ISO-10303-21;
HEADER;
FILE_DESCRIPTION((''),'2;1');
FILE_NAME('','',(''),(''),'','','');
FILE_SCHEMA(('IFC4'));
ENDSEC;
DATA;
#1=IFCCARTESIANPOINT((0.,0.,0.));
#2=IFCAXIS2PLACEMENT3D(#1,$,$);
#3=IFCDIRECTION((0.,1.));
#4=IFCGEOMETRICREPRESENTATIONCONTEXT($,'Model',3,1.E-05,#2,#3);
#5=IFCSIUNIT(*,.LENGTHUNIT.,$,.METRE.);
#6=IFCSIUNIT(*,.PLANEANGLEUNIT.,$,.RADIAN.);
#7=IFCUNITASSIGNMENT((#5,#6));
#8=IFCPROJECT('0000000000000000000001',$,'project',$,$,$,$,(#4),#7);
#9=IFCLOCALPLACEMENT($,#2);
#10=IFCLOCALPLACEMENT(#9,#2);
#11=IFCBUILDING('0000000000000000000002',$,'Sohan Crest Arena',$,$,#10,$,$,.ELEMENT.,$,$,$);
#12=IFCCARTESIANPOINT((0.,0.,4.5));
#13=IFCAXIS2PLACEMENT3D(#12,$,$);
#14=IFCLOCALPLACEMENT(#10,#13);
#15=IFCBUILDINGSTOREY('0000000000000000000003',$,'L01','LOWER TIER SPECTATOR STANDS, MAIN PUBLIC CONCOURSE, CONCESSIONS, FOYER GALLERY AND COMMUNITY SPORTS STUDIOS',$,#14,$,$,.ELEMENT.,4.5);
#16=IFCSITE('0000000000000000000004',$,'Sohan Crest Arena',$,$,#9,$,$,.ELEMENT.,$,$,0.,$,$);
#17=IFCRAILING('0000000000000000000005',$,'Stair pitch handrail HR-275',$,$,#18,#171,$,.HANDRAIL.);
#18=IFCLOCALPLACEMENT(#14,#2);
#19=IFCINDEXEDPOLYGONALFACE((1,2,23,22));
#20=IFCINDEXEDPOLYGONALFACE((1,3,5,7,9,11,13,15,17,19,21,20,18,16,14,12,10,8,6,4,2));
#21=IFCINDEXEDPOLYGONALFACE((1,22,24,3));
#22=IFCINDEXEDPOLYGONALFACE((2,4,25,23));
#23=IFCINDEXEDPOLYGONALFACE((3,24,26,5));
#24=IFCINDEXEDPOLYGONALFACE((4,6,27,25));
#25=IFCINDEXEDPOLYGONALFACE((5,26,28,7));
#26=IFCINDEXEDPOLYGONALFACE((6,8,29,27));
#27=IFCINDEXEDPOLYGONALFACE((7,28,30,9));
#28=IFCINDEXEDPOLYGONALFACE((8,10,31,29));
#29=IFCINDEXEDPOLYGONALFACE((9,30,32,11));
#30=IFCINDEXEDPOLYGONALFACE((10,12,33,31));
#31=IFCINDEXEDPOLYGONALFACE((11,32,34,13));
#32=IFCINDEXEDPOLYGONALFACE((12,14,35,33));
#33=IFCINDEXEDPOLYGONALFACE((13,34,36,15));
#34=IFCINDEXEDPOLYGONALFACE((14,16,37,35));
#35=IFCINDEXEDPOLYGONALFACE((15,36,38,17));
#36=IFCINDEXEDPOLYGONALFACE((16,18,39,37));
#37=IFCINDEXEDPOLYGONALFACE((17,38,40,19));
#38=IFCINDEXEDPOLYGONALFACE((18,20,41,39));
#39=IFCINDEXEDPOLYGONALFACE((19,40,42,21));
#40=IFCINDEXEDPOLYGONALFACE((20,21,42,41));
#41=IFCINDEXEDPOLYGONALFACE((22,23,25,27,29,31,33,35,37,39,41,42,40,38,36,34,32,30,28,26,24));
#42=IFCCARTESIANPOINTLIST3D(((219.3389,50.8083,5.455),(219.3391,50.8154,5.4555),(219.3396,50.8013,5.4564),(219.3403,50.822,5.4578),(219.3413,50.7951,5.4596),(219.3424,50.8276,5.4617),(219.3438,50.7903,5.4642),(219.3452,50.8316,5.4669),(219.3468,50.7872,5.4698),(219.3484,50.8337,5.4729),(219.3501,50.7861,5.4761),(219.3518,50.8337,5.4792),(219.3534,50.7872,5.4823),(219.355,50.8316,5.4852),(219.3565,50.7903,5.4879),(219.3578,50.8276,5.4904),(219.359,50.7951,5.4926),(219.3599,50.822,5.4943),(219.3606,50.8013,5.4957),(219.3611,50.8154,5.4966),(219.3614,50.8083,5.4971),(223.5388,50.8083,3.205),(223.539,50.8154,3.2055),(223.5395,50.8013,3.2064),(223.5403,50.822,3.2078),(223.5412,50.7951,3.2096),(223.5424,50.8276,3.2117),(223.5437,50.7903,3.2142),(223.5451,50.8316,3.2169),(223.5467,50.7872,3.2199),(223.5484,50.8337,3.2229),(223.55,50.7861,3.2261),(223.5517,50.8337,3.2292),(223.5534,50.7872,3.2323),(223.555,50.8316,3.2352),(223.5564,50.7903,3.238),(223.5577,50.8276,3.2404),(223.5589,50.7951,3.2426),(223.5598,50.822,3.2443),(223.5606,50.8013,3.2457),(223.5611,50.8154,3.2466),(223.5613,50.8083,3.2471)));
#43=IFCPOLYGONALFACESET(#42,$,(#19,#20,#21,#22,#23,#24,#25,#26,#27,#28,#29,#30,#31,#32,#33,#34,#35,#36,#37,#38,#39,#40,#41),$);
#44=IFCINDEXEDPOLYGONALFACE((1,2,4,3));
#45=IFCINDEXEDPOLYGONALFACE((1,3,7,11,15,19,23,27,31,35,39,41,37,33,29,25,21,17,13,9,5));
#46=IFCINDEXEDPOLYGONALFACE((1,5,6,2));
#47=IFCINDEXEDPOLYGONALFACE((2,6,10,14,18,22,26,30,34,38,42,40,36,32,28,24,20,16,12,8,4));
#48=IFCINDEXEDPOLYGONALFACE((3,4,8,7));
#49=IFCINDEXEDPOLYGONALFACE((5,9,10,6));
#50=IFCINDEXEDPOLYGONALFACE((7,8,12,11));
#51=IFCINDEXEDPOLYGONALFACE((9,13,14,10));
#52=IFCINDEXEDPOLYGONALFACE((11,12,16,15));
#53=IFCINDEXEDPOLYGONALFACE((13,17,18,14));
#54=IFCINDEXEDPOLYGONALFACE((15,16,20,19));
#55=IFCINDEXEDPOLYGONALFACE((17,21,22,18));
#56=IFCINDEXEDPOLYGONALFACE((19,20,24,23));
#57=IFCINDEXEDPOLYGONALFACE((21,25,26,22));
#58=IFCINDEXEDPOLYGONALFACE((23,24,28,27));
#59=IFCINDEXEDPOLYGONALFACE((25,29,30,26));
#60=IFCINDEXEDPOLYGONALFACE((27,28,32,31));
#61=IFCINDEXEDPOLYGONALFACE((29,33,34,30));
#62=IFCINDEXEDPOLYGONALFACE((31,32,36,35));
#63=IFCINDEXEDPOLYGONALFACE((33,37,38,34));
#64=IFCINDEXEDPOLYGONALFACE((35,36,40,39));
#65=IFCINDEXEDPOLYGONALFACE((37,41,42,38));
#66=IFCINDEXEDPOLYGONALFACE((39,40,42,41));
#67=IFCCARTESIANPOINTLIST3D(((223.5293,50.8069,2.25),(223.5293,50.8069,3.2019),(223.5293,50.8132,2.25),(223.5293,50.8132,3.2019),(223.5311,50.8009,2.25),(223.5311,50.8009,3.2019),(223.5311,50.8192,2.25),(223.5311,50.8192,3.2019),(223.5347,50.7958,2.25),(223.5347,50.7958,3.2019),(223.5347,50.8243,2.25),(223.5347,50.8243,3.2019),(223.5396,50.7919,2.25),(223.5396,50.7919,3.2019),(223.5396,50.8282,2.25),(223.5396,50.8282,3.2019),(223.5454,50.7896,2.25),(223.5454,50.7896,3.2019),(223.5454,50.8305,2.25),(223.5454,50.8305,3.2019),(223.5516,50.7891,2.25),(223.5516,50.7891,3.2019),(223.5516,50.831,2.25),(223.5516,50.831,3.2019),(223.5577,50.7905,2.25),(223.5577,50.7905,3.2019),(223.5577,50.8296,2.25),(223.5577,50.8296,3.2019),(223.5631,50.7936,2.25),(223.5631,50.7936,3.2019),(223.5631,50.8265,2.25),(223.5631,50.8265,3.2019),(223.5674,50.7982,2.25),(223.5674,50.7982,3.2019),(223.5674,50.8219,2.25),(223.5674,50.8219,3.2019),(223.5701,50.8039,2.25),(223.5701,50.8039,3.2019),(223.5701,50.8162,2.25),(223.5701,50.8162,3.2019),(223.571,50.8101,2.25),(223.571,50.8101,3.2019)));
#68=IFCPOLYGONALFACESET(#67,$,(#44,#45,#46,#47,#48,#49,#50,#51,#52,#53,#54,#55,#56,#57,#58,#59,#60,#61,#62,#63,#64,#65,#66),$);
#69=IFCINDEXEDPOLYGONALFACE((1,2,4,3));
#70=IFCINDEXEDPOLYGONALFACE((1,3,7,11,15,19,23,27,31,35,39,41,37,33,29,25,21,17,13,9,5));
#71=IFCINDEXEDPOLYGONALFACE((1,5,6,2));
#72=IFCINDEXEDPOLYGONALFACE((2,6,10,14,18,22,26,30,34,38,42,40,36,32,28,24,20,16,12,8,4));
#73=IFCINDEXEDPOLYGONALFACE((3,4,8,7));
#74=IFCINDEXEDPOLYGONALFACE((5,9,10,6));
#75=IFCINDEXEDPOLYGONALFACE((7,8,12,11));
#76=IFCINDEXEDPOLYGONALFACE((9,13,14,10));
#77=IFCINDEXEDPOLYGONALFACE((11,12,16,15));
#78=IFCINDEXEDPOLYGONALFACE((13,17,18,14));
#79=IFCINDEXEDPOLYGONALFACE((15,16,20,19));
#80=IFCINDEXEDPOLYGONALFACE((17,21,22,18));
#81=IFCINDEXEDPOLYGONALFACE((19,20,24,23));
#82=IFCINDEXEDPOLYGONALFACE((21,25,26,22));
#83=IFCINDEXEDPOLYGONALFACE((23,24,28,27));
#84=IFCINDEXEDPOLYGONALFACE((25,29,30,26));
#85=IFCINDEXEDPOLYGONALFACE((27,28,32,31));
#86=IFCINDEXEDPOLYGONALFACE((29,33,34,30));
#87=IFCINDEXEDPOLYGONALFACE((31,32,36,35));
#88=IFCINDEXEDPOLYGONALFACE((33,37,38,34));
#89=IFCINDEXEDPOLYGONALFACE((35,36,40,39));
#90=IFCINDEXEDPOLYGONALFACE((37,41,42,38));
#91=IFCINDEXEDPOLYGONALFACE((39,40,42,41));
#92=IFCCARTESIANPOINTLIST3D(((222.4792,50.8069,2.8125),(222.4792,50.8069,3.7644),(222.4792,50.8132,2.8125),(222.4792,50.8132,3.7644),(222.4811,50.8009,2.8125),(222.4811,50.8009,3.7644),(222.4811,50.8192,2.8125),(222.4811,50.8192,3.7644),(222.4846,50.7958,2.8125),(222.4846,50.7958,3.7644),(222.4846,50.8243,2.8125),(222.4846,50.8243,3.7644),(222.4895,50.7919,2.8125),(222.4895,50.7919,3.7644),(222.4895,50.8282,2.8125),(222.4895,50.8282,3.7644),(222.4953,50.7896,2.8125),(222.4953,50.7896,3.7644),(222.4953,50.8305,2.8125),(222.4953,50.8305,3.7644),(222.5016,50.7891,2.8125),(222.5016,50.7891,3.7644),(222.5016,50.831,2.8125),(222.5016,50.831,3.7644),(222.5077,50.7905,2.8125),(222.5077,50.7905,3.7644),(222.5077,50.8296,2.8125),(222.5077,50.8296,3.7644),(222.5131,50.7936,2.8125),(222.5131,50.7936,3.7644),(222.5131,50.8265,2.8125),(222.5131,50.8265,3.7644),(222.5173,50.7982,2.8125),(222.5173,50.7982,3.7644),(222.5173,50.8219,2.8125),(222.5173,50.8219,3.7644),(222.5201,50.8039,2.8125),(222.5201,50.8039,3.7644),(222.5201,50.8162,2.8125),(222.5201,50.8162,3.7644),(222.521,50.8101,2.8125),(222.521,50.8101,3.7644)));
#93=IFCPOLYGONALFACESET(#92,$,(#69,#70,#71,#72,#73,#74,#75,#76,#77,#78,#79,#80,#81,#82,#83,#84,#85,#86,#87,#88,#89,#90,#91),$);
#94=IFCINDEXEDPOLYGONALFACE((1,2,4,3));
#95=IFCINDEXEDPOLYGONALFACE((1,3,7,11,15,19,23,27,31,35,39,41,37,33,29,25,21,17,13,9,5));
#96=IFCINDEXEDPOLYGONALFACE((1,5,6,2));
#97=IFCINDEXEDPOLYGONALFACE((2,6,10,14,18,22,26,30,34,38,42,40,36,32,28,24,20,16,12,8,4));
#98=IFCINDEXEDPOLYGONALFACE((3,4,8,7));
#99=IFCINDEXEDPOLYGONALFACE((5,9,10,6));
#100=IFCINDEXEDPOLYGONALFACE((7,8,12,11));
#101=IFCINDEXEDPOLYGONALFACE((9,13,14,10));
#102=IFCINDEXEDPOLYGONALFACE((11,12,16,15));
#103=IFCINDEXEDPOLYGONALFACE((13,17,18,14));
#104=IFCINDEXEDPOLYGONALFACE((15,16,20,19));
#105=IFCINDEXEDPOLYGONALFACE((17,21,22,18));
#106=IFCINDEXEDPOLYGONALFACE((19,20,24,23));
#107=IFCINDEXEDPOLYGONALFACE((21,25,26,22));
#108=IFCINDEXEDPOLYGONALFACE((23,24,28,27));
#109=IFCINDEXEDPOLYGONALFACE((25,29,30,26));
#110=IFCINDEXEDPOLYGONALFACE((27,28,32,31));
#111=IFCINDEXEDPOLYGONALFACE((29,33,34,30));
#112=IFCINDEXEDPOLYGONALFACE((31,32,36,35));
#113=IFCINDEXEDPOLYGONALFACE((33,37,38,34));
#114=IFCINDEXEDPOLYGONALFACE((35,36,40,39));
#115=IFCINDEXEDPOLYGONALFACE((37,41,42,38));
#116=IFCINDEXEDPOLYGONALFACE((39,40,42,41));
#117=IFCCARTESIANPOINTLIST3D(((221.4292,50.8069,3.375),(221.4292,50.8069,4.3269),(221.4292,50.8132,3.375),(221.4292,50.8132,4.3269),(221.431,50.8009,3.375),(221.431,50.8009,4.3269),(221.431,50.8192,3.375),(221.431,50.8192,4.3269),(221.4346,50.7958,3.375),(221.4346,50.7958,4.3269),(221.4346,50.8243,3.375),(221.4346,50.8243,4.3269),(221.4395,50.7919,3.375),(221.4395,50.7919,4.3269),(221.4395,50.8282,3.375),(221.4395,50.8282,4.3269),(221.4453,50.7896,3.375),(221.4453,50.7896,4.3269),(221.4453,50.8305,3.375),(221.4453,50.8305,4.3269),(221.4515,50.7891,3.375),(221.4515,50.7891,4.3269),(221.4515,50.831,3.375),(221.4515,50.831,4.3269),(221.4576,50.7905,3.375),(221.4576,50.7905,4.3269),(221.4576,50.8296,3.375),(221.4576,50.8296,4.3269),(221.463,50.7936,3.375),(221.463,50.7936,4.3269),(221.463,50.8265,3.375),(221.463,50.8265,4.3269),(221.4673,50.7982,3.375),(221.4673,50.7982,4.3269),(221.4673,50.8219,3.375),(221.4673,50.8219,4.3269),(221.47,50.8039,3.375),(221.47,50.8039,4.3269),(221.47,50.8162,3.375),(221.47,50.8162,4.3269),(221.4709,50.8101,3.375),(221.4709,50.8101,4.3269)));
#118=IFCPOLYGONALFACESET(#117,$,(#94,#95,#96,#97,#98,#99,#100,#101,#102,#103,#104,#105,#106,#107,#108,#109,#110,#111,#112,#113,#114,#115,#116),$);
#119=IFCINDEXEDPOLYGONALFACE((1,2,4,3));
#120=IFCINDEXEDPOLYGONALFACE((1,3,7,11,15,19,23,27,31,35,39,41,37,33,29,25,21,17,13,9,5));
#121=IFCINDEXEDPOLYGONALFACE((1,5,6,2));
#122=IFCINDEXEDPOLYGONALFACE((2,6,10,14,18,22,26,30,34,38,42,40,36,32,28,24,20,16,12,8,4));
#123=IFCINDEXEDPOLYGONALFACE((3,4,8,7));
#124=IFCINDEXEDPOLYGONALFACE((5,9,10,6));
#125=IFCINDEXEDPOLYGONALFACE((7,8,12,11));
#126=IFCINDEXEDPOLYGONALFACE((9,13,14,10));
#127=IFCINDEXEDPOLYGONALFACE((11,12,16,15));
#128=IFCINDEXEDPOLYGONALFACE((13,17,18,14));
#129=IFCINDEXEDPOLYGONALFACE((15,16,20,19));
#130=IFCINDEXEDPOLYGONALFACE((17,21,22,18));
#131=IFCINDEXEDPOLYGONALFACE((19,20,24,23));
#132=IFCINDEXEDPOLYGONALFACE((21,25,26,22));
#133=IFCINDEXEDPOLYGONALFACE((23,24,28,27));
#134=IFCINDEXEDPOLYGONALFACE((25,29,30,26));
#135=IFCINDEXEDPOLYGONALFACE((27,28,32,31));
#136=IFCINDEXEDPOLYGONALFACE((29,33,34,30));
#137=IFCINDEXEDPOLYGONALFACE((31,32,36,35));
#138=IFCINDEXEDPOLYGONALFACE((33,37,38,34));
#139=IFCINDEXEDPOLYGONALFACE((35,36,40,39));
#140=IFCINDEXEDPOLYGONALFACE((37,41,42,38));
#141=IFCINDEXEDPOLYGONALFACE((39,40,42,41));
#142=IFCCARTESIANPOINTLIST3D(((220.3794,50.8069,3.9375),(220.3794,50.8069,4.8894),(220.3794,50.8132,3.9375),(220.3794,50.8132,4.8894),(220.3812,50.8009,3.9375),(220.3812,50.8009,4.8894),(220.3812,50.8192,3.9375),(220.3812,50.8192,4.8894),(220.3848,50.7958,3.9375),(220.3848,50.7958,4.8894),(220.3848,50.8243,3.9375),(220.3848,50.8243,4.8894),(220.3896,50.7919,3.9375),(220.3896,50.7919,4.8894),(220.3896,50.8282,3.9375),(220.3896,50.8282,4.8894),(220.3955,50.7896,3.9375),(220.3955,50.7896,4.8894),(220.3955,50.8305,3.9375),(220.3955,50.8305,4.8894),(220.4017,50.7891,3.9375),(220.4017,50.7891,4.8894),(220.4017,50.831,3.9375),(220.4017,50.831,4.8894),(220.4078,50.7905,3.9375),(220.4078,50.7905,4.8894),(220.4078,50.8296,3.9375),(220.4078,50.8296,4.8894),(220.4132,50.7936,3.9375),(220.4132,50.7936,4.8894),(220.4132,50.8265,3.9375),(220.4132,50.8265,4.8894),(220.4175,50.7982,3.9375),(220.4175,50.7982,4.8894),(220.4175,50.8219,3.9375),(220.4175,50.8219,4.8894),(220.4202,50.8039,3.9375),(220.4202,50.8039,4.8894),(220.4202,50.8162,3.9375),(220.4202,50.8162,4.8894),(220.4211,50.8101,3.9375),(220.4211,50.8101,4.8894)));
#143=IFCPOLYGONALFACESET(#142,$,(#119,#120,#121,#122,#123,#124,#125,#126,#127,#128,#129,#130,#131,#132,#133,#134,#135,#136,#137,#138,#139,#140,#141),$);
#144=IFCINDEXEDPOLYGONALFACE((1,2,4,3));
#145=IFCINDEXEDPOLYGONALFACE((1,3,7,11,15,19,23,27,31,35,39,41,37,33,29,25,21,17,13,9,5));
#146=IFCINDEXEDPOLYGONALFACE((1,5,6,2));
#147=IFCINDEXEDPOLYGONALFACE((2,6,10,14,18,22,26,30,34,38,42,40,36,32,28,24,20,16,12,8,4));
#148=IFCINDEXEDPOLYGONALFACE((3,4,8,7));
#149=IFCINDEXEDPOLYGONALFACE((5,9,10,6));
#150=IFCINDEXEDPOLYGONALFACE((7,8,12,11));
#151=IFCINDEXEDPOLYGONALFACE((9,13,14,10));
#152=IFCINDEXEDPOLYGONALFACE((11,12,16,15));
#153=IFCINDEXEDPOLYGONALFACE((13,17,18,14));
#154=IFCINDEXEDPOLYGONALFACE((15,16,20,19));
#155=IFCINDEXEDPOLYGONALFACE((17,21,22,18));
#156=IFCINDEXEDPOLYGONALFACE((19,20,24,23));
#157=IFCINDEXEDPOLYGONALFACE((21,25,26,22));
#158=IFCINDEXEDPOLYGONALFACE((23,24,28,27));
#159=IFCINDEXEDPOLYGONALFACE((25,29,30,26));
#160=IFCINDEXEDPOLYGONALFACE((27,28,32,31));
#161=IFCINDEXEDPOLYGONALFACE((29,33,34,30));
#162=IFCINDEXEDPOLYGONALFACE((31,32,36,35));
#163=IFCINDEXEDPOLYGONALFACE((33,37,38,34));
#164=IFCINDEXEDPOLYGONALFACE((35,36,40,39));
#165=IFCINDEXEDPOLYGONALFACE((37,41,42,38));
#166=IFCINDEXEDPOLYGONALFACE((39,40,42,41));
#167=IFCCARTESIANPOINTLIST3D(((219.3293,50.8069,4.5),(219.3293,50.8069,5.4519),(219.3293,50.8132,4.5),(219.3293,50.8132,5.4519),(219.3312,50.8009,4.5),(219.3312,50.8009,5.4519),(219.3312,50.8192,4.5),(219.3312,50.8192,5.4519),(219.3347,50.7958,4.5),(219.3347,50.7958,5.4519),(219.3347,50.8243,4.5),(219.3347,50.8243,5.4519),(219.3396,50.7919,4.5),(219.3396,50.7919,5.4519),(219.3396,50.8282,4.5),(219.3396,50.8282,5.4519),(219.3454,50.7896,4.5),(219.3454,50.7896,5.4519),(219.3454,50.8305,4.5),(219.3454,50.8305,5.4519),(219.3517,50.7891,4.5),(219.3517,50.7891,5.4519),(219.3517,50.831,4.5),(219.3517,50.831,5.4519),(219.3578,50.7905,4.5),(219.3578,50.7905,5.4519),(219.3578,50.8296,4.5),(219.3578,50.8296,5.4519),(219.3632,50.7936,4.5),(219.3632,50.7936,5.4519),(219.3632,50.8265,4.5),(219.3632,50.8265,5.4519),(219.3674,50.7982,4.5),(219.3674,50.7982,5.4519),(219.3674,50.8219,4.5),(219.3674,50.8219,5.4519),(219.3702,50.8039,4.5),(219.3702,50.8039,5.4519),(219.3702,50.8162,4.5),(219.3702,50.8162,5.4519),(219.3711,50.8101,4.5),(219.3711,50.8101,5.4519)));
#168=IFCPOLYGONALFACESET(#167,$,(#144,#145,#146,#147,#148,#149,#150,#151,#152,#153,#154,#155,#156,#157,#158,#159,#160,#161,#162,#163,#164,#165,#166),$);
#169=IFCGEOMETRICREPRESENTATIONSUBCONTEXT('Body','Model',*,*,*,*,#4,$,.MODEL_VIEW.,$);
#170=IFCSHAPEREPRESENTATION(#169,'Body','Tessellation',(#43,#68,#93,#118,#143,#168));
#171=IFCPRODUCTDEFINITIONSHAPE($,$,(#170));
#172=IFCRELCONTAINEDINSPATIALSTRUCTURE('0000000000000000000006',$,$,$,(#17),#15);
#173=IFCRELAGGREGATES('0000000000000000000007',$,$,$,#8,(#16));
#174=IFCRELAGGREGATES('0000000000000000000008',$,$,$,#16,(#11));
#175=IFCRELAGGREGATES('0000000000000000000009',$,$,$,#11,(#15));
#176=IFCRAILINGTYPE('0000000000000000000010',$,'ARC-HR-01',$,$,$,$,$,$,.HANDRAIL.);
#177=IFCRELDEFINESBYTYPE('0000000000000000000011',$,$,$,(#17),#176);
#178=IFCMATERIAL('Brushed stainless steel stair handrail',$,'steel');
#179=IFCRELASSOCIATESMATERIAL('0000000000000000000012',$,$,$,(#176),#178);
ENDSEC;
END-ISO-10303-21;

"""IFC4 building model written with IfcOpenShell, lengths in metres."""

from ifc_helpers import new_model, si_unit, direction, frame, origin, origin_2d, place, context, subcontext, project, spatial, circle, extrude, material, type_object, element, save


model = new_model("IFC4")

# Units and contexts
model_context = context("Model", 3, precision=1e-05, world=origin(), true_north=direction((0.0, 1.0)))
body_context = subcontext(model_context, "Body", "Model", "MODEL_VIEW")
ifc_project = project(units=[si_unit("LENGTHUNIT", "METRE"), si_unit("PLANEANGLEUNIT", "RADIAN")], contexts=[model_context])

# Site, building, storey
site_placement = place(None, origin())
site = spatial("IfcSite", under=ifc_project, at=site_placement, Name="Sohan Crest Arena", CompositionType="ELEMENT", RefElevation=0.0)
building_placement = place(site_placement, origin())
building = spatial("IfcBuilding", under=site, at=building_placement, Name="Sohan Crest Arena", CompositionType="ELEMENT")
storey_placement = place(building_placement, frame((0.0, 0.0, 4.5)))
storey = spatial("IfcBuildingStorey", under=building, at=storey_placement, Name="L01", Description="LOWER TIER SPECTATOR STANDS, MAIN PUBLIC CONCOURSE, CONCESSIONS, FOYER GALLERY AND COMMUNITY SPORTS STUDIOS", CompositionType="ELEMENT", Elevation=4.5)

# Railing
ifc_material_1 = material(Name="Brushed stainless steel stair handrail", Category="steel")
railing_type_1 = type_object("IfcRailingType", Name="ARC-HR-01", PredefinedType="HANDRAIL", material=ifc_material_1)
railing_1_placement = place(storey_placement, frame((223.55, 50.8101, 2.25)))
element("IfcRailing", 1, at=railing_1_placement, inside=storey, type_object=railing_type_1, Name="Stair pitch handrail HR-275", PredefinedType="HANDRAIL", context=body_context, shape_type="SweptSolid", body=[
    extrude(circle(Radius=0.0239, at=origin_2d()), frame((0.0, 0.0, 0.9761), z_axis=(-0.881478, 0.0, 0.472226), x_axis=(0.0, -1.0, 0.0)), (0.0, 0.0, 1.0), 4.7646),
    extrude(circle(Radius=0.021, at=origin_2d()), origin(), (0.0, 0.0, 1.0), 0.9519),
    extrude(circle(Radius=0.021, at=origin_2d()), frame((-1.05, 0.0, 0.5625)), (0.0, 0.0, 1.0), 0.9519),
    extrude(circle(Radius=0.021, at=origin_2d()), frame((-2.1001, 0.0, 1.125)), (0.0, 0.0, 1.0), 0.9519),
    extrude(circle(Radius=0.021, at=origin_2d()), frame((-3.1499, 0.0, 1.6875)), (0.0, 0.0, 1.0), 0.9519),
    extrude(circle(Radius=0.021, at=origin_2d()), frame((-4.2, 0.0, 2.25)), (0.0, 0.0, 1.0), 0.9519),
])

save(model, "model.ifc")
